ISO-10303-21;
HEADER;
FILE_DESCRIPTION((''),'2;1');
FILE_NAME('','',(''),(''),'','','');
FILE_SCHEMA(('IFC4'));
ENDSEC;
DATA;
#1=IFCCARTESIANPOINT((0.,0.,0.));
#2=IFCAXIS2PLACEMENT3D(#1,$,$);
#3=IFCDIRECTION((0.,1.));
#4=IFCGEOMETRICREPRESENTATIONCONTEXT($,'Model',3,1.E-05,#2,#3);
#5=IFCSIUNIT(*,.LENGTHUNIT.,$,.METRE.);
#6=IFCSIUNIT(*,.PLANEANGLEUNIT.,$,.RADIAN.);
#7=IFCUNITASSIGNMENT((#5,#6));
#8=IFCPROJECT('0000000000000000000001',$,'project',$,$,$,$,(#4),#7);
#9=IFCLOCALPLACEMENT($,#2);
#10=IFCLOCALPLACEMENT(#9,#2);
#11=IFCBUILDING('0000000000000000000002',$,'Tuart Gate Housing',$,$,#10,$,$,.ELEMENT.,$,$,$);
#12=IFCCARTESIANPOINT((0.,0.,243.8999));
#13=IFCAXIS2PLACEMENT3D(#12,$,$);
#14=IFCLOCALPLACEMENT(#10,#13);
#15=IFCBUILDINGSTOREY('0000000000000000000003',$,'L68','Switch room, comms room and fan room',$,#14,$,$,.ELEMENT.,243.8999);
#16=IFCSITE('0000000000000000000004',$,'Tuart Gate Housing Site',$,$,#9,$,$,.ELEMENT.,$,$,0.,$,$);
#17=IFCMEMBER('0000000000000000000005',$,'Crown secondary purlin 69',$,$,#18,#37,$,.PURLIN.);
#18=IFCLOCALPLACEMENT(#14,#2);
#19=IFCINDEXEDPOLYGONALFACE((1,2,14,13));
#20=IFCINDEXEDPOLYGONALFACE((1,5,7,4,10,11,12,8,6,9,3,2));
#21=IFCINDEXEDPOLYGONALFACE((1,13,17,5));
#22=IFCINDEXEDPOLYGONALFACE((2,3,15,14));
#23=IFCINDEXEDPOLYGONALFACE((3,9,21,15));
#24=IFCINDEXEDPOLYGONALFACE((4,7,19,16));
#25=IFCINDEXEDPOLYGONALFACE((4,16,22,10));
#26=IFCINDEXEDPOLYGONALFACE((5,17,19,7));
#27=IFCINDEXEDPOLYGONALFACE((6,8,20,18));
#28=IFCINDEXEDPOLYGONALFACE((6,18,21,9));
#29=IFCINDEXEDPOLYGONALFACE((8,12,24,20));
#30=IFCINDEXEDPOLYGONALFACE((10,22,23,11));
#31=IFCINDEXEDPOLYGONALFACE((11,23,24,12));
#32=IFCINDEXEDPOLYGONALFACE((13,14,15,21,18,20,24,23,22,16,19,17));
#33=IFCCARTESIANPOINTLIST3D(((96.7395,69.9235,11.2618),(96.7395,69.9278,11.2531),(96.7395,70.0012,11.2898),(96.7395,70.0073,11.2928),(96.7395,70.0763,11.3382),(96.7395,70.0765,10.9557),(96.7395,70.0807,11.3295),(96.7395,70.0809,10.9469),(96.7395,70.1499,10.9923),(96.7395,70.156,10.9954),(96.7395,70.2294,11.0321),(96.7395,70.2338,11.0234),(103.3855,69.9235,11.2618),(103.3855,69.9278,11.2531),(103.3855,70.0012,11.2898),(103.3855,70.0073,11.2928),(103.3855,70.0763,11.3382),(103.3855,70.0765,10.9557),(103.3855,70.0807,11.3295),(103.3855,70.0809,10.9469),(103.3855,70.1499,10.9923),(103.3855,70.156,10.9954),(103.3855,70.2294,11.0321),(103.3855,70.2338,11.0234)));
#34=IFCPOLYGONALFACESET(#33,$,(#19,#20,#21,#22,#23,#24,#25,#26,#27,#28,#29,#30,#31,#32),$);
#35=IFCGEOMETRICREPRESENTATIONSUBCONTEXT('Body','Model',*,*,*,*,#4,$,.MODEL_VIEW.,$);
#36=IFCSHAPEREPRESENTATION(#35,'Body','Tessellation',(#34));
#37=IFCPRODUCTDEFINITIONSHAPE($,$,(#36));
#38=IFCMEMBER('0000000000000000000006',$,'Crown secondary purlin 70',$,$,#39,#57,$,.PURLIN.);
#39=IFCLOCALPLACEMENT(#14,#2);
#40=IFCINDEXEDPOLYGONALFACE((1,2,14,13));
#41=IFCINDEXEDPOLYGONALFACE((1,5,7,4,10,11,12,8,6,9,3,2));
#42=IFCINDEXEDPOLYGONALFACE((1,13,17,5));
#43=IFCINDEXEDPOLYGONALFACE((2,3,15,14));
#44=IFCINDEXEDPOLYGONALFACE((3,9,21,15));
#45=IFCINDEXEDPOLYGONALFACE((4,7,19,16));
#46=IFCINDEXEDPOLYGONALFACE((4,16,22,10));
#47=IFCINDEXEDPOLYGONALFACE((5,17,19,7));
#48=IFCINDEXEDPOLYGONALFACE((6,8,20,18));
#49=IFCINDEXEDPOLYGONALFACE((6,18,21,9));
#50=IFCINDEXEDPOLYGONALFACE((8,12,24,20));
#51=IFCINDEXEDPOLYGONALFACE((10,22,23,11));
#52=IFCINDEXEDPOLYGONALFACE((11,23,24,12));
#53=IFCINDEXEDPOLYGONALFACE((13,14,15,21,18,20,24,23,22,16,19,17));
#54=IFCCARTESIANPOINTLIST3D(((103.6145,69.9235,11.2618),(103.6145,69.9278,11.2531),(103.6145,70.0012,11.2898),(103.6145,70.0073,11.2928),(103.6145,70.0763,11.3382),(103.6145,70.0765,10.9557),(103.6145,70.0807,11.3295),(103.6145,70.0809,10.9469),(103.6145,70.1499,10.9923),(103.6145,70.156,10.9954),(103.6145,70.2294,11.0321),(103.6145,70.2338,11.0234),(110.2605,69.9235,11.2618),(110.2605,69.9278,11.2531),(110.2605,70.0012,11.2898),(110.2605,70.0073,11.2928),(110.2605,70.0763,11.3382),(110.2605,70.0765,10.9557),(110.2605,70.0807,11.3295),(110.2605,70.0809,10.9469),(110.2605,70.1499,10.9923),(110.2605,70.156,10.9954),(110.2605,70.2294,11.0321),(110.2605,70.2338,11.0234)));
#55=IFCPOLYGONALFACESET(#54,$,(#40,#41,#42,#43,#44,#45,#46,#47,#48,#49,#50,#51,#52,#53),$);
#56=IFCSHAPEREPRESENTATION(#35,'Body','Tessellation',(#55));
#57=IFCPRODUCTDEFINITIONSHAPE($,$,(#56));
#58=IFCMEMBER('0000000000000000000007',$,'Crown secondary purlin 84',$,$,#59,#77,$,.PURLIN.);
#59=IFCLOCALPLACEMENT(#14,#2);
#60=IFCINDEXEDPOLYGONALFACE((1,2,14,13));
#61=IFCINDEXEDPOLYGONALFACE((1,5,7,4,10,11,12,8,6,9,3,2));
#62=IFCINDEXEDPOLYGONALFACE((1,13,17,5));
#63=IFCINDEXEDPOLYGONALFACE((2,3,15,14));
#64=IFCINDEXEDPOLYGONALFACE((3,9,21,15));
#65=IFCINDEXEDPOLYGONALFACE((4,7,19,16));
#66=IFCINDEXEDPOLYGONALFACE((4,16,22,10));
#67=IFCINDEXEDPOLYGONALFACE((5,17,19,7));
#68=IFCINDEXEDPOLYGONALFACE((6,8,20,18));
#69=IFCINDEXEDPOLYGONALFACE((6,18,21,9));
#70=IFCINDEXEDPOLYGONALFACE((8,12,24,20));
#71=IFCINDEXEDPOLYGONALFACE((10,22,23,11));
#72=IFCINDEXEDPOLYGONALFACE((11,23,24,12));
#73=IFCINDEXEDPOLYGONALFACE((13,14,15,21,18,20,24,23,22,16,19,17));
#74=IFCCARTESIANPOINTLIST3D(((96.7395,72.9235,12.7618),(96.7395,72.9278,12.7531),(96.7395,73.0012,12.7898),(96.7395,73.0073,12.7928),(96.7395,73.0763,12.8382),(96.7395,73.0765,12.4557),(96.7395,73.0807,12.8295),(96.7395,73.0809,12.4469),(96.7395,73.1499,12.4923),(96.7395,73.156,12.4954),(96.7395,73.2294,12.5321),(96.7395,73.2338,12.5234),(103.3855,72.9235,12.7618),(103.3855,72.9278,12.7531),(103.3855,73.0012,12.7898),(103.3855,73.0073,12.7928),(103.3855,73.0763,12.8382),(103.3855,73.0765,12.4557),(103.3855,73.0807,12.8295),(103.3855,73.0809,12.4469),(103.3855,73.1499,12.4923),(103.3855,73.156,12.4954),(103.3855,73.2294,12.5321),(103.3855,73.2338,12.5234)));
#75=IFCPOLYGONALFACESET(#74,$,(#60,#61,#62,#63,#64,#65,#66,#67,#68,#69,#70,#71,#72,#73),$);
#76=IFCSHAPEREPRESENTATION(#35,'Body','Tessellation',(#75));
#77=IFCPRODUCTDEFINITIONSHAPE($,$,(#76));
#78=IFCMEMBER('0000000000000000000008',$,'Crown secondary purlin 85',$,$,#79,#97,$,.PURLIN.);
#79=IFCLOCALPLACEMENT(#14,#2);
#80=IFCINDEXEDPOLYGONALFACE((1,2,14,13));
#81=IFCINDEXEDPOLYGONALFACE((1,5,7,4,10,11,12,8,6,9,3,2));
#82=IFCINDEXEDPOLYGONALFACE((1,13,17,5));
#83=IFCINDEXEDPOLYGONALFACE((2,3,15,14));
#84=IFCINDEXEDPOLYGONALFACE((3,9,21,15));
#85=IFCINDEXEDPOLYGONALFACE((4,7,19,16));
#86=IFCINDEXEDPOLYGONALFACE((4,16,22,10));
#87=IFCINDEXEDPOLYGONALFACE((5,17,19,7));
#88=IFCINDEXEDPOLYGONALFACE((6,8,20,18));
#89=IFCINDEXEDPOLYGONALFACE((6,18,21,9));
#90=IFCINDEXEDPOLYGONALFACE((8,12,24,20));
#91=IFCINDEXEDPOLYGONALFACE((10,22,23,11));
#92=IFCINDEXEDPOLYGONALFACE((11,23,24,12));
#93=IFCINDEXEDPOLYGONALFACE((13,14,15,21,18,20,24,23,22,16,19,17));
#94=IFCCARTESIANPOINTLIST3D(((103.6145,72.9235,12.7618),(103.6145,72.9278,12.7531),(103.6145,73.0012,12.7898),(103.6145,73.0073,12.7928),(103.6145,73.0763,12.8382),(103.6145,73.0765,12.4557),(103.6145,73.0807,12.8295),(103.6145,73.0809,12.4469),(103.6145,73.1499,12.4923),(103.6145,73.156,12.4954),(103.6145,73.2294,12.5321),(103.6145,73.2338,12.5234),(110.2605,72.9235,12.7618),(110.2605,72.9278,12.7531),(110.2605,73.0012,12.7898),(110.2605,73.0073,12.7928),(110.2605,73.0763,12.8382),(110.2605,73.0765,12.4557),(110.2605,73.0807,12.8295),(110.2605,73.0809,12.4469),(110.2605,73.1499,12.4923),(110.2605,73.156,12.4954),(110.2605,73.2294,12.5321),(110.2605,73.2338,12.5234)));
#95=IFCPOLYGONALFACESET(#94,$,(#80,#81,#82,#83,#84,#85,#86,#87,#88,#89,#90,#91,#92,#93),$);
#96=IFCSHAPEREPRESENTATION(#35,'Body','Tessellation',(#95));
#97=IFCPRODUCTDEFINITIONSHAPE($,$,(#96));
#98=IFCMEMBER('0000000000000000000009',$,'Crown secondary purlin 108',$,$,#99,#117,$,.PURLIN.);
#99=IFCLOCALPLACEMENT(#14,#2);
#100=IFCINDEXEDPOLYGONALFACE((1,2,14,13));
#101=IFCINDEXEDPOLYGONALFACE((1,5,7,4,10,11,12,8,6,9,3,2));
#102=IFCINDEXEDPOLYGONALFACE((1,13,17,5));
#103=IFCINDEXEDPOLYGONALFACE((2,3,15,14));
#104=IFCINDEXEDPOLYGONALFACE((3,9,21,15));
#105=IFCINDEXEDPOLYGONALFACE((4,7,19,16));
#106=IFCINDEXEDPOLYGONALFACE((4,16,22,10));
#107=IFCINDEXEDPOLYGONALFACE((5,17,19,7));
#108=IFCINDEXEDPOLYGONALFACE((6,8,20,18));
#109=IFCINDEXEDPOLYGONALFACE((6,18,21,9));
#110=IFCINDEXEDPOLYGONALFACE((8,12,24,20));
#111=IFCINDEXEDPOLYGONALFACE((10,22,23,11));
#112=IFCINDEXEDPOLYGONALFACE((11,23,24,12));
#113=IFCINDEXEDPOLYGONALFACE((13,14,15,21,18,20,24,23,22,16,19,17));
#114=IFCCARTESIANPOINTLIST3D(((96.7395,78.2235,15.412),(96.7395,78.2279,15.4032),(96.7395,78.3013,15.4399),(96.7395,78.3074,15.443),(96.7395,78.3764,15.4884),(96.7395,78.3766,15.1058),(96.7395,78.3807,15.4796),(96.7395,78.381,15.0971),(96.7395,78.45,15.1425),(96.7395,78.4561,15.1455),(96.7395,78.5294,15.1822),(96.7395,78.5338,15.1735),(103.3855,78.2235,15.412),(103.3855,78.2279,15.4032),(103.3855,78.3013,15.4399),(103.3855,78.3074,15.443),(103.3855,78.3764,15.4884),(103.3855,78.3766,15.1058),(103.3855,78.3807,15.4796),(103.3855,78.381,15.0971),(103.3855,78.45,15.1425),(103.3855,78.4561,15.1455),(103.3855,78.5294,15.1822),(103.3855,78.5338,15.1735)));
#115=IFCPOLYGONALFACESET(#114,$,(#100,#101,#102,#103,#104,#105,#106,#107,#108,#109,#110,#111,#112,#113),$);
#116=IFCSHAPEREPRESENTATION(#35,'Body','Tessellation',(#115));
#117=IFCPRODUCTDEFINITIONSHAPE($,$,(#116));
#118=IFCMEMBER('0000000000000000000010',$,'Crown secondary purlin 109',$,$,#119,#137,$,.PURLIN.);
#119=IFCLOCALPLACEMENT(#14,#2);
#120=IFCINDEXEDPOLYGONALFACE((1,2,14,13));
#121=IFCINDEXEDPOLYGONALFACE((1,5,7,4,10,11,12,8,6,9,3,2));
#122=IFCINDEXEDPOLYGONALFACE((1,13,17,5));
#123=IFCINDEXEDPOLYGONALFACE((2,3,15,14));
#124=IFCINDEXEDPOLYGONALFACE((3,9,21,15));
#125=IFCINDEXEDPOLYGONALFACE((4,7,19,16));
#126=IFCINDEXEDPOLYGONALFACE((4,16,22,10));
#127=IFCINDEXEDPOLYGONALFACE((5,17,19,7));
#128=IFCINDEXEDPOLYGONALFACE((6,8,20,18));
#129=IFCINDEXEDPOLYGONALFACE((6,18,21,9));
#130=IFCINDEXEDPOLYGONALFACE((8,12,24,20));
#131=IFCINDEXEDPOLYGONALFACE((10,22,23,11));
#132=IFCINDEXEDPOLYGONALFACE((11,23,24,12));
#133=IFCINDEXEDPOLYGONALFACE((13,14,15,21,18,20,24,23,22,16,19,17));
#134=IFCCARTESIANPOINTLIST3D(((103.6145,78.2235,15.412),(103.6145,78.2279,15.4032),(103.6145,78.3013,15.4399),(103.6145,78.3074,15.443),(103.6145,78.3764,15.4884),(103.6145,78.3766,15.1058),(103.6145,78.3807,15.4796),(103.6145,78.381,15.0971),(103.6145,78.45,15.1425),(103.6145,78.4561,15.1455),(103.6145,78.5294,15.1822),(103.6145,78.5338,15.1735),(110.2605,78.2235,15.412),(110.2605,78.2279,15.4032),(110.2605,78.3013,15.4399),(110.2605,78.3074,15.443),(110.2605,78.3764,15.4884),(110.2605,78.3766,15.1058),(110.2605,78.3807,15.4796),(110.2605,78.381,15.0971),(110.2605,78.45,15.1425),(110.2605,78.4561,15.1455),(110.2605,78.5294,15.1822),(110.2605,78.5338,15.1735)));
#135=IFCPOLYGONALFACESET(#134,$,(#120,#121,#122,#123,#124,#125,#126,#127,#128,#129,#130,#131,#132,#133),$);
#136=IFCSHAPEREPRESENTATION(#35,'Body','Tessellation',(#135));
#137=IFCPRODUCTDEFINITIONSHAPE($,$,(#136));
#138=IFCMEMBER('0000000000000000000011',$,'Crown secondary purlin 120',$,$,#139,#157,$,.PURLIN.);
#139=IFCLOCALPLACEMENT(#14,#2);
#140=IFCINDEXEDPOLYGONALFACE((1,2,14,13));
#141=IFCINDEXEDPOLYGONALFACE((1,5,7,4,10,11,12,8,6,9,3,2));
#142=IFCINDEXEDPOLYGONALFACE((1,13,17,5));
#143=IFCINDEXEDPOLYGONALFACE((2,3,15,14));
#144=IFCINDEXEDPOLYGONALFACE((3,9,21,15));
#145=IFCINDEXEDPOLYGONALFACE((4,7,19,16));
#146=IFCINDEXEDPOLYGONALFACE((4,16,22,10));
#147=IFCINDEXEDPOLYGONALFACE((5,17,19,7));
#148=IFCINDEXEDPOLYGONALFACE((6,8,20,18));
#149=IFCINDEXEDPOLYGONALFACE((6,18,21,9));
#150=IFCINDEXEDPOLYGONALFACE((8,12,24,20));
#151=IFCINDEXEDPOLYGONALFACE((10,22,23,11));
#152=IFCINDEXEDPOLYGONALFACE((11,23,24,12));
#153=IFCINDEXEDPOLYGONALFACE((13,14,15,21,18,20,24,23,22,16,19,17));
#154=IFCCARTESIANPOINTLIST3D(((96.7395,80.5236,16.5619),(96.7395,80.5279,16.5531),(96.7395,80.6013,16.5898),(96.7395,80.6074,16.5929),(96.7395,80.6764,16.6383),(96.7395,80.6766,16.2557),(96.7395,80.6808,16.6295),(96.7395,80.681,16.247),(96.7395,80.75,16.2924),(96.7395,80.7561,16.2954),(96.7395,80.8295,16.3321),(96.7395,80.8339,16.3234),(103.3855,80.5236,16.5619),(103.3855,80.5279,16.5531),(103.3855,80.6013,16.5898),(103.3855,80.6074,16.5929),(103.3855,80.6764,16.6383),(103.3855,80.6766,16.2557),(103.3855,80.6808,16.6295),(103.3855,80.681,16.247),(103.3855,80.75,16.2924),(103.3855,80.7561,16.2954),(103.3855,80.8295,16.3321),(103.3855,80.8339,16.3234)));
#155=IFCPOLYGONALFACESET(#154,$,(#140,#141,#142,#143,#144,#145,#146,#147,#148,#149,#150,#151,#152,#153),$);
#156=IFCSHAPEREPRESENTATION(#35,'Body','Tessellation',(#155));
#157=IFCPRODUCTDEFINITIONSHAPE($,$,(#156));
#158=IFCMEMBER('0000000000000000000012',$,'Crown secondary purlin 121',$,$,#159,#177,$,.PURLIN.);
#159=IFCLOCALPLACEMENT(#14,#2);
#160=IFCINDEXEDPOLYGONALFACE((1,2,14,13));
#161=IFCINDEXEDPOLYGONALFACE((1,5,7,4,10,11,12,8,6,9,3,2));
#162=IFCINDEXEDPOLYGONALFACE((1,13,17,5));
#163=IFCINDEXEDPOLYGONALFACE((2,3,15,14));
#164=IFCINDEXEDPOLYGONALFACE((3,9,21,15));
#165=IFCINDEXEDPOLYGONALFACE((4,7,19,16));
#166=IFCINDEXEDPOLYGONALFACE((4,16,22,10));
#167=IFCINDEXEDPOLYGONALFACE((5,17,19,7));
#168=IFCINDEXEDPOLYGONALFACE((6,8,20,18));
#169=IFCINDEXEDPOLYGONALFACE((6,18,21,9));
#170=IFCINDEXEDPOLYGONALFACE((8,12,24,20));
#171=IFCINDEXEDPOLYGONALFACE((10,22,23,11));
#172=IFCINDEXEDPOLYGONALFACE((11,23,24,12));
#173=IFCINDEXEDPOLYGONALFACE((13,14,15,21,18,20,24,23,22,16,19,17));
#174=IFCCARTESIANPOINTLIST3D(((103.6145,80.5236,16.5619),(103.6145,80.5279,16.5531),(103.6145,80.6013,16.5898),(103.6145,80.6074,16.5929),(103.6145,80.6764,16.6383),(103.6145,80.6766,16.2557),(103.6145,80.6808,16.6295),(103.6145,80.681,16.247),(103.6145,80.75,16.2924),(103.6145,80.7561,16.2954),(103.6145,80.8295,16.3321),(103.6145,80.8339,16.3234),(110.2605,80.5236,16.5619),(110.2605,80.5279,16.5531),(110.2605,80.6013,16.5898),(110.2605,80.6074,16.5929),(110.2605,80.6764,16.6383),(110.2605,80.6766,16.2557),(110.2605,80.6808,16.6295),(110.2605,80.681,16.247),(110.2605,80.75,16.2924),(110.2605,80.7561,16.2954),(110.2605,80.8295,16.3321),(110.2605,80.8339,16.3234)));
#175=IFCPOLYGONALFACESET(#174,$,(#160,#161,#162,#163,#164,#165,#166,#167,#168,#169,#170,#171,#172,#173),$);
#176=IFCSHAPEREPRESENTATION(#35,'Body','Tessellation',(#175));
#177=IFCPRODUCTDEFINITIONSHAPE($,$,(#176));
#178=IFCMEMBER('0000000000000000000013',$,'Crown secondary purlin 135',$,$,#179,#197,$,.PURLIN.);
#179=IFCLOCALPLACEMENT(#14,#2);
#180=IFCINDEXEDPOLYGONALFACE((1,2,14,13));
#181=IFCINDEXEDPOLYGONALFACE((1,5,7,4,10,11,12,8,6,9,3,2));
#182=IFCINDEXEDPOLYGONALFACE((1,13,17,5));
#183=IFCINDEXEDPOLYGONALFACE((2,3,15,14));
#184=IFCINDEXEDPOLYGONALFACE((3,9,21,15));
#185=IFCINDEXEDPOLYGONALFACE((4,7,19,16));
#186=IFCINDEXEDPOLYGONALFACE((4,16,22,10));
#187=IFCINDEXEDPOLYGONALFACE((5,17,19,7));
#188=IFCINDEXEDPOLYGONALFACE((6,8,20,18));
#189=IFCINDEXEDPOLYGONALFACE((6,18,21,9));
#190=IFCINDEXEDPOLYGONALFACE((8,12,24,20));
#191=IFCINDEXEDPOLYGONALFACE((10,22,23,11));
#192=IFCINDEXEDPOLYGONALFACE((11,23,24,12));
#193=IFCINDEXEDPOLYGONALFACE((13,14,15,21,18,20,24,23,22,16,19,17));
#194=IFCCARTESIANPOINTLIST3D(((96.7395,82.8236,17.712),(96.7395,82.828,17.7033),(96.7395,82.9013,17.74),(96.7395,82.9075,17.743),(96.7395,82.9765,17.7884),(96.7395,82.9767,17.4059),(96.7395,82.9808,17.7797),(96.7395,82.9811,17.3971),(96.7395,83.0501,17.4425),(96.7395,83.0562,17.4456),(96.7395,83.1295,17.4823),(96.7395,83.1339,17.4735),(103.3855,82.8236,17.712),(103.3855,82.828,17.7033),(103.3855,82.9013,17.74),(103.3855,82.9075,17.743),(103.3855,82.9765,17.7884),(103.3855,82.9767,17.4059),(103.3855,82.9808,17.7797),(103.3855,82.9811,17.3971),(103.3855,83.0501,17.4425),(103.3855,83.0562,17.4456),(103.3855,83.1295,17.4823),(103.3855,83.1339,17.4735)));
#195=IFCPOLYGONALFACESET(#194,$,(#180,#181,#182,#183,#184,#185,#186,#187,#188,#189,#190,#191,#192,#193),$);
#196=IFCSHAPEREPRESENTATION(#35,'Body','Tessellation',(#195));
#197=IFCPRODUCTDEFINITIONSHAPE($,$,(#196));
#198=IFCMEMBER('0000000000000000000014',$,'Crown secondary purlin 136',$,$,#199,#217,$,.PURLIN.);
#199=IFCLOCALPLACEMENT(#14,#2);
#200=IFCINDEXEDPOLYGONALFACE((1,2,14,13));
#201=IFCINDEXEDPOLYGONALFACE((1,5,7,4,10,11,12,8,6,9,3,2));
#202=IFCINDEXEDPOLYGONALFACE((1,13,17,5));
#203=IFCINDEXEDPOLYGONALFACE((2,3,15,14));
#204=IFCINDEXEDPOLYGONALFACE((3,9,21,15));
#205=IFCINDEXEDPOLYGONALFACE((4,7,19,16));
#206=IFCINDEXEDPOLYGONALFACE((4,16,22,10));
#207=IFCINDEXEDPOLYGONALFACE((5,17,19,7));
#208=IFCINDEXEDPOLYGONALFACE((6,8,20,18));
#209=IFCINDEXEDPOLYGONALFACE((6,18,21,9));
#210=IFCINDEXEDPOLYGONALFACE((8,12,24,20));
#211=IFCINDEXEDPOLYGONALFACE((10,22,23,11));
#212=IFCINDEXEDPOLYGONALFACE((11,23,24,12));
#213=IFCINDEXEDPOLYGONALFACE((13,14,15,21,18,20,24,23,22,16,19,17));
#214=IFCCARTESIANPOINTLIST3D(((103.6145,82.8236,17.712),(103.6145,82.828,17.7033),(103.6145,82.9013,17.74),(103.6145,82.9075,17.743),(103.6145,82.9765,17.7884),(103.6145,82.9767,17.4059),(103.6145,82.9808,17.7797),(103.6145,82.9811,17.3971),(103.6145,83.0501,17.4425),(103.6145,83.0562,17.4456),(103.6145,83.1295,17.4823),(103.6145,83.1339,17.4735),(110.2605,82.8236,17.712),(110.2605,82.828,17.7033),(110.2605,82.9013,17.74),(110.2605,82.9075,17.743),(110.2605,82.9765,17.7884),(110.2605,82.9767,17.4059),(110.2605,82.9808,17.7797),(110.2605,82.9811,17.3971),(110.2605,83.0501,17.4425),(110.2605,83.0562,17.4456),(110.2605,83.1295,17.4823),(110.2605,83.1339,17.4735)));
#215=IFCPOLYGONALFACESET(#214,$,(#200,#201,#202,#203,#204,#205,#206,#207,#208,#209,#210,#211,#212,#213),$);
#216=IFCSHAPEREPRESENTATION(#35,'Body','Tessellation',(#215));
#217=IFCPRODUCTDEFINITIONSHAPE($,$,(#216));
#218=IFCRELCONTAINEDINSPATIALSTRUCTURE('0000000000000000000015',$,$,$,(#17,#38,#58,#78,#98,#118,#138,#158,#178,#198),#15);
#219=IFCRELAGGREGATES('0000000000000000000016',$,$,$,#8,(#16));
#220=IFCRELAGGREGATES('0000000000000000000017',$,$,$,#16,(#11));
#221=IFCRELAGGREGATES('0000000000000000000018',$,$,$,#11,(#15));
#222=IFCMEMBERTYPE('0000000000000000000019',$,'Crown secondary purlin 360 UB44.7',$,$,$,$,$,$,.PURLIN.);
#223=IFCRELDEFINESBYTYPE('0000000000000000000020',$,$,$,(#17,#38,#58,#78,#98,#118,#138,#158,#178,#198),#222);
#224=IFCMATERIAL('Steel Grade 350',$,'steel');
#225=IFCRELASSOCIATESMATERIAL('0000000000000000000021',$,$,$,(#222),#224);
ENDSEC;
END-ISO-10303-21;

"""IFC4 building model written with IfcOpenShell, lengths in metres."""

from ifc_helpers import new_model, si_unit, direction, frame, origin, origin_2d, place, context, subcontext, project, spatial, i_section, extrude, material, material_profile, profile_set, type_object, element, save


model = new_model("IFC4")

# Units and contexts
model_context = context("Model", 3, precision=1e-05, world=origin(), true_north=direction((0.0, 1.0)))
body_context = subcontext(model_context, "Body", "Model", "MODEL_VIEW")
ifc_project = project(units=[si_unit("LENGTHUNIT", "METRE"), si_unit("PLANEANGLEUNIT", "RADIAN")], contexts=[model_context])

# Site, building, storey
site_placement = place(None, origin())
site = spatial("IfcSite", under=ifc_project, at=site_placement, Name="Tuart Gate Housing Site", CompositionType="ELEMENT", RefElevation=0.0)
building_placement = place(site_placement, origin())
building = spatial("IfcBuilding", under=site, at=building_placement, Name="Tuart Gate Housing", CompositionType="ELEMENT")
storey_placement = place(building_placement, frame((0.0, 0.0, 243.8999)))
storey = spatial("IfcBuildingStorey", under=building, at=storey_placement, Name="L68", Description="Switch room, comms room and fan room", CompositionType="ELEMENT", Elevation=243.8999)

# Members
ifc_material_1 = material(Name="Steel Grade 350", Category="steel")
ifc_material_profile_1 = material_profile(ifc_material_1, i_section(OverallWidth=0.1709, OverallDepth=0.3521, WebThickness=0.0068, FlangeThickness=0.0098, at=origin_2d()), Name="360UB44.7")
ifc_profile_set_1 = profile_set([ifc_material_profile_1], Name="Steel Grade 350")
member_type_1 = type_object("IfcMemberType", Name="Crown secondary purlin 360 UB44.7", PredefinedType="PURLIN", material=ifc_profile_set_1)
for number, where, z_axis, x_axis, name in (
    (1, (96.7395, 70.0786, 11.1426), (1.0, 0.0, 0.0), (0.0, 0.894427, 0.447214), "Crown secondary purlin 69"),
    (2, (103.6145, 70.0786, 11.1426), (1.0, 0.0, 0.0), (0.0, 0.894427, 0.447214), "Crown secondary purlin 70"),
    (3, (96.7395, 73.0786, 12.6426), (1.0, 0.0, 0.0), (0.0, 0.894427, 0.447214), "Crown secondary purlin 84"),
    (4, (103.6145, 73.0786, 12.6426), (1.0, 0.0, 0.0), (0.0, 0.894427, 0.447214), "Crown secondary purlin 85"),
    (5, (96.7395, 78.3787, 15.2927), (1.0, 0.0, 0.0), (0.0, 0.894427, 0.447214), "Crown secondary purlin 108"),
    (6, (103.6145, 78.3787, 15.2927), (1.0, 0.0, 0.0), (0.0, 0.894427, 0.447214), "Crown secondary purlin 109"),
    (7, (96.7395, 80.6787, 16.4426), (1.0, 0.0, 0.0), (0.0, 0.894427, 0.447214), "Crown secondary purlin 120"),
    (8, (103.6145, 80.6787, 16.4426), (1.0, 0.0, 0.0), (0.0, 0.894427, 0.447214), "Crown secondary purlin 121"),
    (9, (96.7395, 82.9788, 17.5928), (1.0, 0.0, 0.0), (0.0, 0.894427, 0.447214), "Crown secondary purlin 135"),
    (10, (103.6145, 82.9788, 17.5928), (1.0, 0.0, 0.0), (0.0, 0.894427, 0.447214), "Crown secondary purlin 136"),
):
    element("IfcMember", number, at=place(storey_placement, frame(where, z_axis=z_axis, x_axis=x_axis)), inside=storey, type_object=member_type_1, Name=name, PredefinedType="PURLIN", context=body_context, shape_type="SweptSolid", body=[
        extrude(i_section(OverallWidth=0.1709, OverallDepth=0.3521, WebThickness=0.0068, FlangeThickness=0.0098, at=origin_2d()), origin(), (0.0, 0.0, 1.0), 6.646),
    ])

save(model, "model.ifc")
